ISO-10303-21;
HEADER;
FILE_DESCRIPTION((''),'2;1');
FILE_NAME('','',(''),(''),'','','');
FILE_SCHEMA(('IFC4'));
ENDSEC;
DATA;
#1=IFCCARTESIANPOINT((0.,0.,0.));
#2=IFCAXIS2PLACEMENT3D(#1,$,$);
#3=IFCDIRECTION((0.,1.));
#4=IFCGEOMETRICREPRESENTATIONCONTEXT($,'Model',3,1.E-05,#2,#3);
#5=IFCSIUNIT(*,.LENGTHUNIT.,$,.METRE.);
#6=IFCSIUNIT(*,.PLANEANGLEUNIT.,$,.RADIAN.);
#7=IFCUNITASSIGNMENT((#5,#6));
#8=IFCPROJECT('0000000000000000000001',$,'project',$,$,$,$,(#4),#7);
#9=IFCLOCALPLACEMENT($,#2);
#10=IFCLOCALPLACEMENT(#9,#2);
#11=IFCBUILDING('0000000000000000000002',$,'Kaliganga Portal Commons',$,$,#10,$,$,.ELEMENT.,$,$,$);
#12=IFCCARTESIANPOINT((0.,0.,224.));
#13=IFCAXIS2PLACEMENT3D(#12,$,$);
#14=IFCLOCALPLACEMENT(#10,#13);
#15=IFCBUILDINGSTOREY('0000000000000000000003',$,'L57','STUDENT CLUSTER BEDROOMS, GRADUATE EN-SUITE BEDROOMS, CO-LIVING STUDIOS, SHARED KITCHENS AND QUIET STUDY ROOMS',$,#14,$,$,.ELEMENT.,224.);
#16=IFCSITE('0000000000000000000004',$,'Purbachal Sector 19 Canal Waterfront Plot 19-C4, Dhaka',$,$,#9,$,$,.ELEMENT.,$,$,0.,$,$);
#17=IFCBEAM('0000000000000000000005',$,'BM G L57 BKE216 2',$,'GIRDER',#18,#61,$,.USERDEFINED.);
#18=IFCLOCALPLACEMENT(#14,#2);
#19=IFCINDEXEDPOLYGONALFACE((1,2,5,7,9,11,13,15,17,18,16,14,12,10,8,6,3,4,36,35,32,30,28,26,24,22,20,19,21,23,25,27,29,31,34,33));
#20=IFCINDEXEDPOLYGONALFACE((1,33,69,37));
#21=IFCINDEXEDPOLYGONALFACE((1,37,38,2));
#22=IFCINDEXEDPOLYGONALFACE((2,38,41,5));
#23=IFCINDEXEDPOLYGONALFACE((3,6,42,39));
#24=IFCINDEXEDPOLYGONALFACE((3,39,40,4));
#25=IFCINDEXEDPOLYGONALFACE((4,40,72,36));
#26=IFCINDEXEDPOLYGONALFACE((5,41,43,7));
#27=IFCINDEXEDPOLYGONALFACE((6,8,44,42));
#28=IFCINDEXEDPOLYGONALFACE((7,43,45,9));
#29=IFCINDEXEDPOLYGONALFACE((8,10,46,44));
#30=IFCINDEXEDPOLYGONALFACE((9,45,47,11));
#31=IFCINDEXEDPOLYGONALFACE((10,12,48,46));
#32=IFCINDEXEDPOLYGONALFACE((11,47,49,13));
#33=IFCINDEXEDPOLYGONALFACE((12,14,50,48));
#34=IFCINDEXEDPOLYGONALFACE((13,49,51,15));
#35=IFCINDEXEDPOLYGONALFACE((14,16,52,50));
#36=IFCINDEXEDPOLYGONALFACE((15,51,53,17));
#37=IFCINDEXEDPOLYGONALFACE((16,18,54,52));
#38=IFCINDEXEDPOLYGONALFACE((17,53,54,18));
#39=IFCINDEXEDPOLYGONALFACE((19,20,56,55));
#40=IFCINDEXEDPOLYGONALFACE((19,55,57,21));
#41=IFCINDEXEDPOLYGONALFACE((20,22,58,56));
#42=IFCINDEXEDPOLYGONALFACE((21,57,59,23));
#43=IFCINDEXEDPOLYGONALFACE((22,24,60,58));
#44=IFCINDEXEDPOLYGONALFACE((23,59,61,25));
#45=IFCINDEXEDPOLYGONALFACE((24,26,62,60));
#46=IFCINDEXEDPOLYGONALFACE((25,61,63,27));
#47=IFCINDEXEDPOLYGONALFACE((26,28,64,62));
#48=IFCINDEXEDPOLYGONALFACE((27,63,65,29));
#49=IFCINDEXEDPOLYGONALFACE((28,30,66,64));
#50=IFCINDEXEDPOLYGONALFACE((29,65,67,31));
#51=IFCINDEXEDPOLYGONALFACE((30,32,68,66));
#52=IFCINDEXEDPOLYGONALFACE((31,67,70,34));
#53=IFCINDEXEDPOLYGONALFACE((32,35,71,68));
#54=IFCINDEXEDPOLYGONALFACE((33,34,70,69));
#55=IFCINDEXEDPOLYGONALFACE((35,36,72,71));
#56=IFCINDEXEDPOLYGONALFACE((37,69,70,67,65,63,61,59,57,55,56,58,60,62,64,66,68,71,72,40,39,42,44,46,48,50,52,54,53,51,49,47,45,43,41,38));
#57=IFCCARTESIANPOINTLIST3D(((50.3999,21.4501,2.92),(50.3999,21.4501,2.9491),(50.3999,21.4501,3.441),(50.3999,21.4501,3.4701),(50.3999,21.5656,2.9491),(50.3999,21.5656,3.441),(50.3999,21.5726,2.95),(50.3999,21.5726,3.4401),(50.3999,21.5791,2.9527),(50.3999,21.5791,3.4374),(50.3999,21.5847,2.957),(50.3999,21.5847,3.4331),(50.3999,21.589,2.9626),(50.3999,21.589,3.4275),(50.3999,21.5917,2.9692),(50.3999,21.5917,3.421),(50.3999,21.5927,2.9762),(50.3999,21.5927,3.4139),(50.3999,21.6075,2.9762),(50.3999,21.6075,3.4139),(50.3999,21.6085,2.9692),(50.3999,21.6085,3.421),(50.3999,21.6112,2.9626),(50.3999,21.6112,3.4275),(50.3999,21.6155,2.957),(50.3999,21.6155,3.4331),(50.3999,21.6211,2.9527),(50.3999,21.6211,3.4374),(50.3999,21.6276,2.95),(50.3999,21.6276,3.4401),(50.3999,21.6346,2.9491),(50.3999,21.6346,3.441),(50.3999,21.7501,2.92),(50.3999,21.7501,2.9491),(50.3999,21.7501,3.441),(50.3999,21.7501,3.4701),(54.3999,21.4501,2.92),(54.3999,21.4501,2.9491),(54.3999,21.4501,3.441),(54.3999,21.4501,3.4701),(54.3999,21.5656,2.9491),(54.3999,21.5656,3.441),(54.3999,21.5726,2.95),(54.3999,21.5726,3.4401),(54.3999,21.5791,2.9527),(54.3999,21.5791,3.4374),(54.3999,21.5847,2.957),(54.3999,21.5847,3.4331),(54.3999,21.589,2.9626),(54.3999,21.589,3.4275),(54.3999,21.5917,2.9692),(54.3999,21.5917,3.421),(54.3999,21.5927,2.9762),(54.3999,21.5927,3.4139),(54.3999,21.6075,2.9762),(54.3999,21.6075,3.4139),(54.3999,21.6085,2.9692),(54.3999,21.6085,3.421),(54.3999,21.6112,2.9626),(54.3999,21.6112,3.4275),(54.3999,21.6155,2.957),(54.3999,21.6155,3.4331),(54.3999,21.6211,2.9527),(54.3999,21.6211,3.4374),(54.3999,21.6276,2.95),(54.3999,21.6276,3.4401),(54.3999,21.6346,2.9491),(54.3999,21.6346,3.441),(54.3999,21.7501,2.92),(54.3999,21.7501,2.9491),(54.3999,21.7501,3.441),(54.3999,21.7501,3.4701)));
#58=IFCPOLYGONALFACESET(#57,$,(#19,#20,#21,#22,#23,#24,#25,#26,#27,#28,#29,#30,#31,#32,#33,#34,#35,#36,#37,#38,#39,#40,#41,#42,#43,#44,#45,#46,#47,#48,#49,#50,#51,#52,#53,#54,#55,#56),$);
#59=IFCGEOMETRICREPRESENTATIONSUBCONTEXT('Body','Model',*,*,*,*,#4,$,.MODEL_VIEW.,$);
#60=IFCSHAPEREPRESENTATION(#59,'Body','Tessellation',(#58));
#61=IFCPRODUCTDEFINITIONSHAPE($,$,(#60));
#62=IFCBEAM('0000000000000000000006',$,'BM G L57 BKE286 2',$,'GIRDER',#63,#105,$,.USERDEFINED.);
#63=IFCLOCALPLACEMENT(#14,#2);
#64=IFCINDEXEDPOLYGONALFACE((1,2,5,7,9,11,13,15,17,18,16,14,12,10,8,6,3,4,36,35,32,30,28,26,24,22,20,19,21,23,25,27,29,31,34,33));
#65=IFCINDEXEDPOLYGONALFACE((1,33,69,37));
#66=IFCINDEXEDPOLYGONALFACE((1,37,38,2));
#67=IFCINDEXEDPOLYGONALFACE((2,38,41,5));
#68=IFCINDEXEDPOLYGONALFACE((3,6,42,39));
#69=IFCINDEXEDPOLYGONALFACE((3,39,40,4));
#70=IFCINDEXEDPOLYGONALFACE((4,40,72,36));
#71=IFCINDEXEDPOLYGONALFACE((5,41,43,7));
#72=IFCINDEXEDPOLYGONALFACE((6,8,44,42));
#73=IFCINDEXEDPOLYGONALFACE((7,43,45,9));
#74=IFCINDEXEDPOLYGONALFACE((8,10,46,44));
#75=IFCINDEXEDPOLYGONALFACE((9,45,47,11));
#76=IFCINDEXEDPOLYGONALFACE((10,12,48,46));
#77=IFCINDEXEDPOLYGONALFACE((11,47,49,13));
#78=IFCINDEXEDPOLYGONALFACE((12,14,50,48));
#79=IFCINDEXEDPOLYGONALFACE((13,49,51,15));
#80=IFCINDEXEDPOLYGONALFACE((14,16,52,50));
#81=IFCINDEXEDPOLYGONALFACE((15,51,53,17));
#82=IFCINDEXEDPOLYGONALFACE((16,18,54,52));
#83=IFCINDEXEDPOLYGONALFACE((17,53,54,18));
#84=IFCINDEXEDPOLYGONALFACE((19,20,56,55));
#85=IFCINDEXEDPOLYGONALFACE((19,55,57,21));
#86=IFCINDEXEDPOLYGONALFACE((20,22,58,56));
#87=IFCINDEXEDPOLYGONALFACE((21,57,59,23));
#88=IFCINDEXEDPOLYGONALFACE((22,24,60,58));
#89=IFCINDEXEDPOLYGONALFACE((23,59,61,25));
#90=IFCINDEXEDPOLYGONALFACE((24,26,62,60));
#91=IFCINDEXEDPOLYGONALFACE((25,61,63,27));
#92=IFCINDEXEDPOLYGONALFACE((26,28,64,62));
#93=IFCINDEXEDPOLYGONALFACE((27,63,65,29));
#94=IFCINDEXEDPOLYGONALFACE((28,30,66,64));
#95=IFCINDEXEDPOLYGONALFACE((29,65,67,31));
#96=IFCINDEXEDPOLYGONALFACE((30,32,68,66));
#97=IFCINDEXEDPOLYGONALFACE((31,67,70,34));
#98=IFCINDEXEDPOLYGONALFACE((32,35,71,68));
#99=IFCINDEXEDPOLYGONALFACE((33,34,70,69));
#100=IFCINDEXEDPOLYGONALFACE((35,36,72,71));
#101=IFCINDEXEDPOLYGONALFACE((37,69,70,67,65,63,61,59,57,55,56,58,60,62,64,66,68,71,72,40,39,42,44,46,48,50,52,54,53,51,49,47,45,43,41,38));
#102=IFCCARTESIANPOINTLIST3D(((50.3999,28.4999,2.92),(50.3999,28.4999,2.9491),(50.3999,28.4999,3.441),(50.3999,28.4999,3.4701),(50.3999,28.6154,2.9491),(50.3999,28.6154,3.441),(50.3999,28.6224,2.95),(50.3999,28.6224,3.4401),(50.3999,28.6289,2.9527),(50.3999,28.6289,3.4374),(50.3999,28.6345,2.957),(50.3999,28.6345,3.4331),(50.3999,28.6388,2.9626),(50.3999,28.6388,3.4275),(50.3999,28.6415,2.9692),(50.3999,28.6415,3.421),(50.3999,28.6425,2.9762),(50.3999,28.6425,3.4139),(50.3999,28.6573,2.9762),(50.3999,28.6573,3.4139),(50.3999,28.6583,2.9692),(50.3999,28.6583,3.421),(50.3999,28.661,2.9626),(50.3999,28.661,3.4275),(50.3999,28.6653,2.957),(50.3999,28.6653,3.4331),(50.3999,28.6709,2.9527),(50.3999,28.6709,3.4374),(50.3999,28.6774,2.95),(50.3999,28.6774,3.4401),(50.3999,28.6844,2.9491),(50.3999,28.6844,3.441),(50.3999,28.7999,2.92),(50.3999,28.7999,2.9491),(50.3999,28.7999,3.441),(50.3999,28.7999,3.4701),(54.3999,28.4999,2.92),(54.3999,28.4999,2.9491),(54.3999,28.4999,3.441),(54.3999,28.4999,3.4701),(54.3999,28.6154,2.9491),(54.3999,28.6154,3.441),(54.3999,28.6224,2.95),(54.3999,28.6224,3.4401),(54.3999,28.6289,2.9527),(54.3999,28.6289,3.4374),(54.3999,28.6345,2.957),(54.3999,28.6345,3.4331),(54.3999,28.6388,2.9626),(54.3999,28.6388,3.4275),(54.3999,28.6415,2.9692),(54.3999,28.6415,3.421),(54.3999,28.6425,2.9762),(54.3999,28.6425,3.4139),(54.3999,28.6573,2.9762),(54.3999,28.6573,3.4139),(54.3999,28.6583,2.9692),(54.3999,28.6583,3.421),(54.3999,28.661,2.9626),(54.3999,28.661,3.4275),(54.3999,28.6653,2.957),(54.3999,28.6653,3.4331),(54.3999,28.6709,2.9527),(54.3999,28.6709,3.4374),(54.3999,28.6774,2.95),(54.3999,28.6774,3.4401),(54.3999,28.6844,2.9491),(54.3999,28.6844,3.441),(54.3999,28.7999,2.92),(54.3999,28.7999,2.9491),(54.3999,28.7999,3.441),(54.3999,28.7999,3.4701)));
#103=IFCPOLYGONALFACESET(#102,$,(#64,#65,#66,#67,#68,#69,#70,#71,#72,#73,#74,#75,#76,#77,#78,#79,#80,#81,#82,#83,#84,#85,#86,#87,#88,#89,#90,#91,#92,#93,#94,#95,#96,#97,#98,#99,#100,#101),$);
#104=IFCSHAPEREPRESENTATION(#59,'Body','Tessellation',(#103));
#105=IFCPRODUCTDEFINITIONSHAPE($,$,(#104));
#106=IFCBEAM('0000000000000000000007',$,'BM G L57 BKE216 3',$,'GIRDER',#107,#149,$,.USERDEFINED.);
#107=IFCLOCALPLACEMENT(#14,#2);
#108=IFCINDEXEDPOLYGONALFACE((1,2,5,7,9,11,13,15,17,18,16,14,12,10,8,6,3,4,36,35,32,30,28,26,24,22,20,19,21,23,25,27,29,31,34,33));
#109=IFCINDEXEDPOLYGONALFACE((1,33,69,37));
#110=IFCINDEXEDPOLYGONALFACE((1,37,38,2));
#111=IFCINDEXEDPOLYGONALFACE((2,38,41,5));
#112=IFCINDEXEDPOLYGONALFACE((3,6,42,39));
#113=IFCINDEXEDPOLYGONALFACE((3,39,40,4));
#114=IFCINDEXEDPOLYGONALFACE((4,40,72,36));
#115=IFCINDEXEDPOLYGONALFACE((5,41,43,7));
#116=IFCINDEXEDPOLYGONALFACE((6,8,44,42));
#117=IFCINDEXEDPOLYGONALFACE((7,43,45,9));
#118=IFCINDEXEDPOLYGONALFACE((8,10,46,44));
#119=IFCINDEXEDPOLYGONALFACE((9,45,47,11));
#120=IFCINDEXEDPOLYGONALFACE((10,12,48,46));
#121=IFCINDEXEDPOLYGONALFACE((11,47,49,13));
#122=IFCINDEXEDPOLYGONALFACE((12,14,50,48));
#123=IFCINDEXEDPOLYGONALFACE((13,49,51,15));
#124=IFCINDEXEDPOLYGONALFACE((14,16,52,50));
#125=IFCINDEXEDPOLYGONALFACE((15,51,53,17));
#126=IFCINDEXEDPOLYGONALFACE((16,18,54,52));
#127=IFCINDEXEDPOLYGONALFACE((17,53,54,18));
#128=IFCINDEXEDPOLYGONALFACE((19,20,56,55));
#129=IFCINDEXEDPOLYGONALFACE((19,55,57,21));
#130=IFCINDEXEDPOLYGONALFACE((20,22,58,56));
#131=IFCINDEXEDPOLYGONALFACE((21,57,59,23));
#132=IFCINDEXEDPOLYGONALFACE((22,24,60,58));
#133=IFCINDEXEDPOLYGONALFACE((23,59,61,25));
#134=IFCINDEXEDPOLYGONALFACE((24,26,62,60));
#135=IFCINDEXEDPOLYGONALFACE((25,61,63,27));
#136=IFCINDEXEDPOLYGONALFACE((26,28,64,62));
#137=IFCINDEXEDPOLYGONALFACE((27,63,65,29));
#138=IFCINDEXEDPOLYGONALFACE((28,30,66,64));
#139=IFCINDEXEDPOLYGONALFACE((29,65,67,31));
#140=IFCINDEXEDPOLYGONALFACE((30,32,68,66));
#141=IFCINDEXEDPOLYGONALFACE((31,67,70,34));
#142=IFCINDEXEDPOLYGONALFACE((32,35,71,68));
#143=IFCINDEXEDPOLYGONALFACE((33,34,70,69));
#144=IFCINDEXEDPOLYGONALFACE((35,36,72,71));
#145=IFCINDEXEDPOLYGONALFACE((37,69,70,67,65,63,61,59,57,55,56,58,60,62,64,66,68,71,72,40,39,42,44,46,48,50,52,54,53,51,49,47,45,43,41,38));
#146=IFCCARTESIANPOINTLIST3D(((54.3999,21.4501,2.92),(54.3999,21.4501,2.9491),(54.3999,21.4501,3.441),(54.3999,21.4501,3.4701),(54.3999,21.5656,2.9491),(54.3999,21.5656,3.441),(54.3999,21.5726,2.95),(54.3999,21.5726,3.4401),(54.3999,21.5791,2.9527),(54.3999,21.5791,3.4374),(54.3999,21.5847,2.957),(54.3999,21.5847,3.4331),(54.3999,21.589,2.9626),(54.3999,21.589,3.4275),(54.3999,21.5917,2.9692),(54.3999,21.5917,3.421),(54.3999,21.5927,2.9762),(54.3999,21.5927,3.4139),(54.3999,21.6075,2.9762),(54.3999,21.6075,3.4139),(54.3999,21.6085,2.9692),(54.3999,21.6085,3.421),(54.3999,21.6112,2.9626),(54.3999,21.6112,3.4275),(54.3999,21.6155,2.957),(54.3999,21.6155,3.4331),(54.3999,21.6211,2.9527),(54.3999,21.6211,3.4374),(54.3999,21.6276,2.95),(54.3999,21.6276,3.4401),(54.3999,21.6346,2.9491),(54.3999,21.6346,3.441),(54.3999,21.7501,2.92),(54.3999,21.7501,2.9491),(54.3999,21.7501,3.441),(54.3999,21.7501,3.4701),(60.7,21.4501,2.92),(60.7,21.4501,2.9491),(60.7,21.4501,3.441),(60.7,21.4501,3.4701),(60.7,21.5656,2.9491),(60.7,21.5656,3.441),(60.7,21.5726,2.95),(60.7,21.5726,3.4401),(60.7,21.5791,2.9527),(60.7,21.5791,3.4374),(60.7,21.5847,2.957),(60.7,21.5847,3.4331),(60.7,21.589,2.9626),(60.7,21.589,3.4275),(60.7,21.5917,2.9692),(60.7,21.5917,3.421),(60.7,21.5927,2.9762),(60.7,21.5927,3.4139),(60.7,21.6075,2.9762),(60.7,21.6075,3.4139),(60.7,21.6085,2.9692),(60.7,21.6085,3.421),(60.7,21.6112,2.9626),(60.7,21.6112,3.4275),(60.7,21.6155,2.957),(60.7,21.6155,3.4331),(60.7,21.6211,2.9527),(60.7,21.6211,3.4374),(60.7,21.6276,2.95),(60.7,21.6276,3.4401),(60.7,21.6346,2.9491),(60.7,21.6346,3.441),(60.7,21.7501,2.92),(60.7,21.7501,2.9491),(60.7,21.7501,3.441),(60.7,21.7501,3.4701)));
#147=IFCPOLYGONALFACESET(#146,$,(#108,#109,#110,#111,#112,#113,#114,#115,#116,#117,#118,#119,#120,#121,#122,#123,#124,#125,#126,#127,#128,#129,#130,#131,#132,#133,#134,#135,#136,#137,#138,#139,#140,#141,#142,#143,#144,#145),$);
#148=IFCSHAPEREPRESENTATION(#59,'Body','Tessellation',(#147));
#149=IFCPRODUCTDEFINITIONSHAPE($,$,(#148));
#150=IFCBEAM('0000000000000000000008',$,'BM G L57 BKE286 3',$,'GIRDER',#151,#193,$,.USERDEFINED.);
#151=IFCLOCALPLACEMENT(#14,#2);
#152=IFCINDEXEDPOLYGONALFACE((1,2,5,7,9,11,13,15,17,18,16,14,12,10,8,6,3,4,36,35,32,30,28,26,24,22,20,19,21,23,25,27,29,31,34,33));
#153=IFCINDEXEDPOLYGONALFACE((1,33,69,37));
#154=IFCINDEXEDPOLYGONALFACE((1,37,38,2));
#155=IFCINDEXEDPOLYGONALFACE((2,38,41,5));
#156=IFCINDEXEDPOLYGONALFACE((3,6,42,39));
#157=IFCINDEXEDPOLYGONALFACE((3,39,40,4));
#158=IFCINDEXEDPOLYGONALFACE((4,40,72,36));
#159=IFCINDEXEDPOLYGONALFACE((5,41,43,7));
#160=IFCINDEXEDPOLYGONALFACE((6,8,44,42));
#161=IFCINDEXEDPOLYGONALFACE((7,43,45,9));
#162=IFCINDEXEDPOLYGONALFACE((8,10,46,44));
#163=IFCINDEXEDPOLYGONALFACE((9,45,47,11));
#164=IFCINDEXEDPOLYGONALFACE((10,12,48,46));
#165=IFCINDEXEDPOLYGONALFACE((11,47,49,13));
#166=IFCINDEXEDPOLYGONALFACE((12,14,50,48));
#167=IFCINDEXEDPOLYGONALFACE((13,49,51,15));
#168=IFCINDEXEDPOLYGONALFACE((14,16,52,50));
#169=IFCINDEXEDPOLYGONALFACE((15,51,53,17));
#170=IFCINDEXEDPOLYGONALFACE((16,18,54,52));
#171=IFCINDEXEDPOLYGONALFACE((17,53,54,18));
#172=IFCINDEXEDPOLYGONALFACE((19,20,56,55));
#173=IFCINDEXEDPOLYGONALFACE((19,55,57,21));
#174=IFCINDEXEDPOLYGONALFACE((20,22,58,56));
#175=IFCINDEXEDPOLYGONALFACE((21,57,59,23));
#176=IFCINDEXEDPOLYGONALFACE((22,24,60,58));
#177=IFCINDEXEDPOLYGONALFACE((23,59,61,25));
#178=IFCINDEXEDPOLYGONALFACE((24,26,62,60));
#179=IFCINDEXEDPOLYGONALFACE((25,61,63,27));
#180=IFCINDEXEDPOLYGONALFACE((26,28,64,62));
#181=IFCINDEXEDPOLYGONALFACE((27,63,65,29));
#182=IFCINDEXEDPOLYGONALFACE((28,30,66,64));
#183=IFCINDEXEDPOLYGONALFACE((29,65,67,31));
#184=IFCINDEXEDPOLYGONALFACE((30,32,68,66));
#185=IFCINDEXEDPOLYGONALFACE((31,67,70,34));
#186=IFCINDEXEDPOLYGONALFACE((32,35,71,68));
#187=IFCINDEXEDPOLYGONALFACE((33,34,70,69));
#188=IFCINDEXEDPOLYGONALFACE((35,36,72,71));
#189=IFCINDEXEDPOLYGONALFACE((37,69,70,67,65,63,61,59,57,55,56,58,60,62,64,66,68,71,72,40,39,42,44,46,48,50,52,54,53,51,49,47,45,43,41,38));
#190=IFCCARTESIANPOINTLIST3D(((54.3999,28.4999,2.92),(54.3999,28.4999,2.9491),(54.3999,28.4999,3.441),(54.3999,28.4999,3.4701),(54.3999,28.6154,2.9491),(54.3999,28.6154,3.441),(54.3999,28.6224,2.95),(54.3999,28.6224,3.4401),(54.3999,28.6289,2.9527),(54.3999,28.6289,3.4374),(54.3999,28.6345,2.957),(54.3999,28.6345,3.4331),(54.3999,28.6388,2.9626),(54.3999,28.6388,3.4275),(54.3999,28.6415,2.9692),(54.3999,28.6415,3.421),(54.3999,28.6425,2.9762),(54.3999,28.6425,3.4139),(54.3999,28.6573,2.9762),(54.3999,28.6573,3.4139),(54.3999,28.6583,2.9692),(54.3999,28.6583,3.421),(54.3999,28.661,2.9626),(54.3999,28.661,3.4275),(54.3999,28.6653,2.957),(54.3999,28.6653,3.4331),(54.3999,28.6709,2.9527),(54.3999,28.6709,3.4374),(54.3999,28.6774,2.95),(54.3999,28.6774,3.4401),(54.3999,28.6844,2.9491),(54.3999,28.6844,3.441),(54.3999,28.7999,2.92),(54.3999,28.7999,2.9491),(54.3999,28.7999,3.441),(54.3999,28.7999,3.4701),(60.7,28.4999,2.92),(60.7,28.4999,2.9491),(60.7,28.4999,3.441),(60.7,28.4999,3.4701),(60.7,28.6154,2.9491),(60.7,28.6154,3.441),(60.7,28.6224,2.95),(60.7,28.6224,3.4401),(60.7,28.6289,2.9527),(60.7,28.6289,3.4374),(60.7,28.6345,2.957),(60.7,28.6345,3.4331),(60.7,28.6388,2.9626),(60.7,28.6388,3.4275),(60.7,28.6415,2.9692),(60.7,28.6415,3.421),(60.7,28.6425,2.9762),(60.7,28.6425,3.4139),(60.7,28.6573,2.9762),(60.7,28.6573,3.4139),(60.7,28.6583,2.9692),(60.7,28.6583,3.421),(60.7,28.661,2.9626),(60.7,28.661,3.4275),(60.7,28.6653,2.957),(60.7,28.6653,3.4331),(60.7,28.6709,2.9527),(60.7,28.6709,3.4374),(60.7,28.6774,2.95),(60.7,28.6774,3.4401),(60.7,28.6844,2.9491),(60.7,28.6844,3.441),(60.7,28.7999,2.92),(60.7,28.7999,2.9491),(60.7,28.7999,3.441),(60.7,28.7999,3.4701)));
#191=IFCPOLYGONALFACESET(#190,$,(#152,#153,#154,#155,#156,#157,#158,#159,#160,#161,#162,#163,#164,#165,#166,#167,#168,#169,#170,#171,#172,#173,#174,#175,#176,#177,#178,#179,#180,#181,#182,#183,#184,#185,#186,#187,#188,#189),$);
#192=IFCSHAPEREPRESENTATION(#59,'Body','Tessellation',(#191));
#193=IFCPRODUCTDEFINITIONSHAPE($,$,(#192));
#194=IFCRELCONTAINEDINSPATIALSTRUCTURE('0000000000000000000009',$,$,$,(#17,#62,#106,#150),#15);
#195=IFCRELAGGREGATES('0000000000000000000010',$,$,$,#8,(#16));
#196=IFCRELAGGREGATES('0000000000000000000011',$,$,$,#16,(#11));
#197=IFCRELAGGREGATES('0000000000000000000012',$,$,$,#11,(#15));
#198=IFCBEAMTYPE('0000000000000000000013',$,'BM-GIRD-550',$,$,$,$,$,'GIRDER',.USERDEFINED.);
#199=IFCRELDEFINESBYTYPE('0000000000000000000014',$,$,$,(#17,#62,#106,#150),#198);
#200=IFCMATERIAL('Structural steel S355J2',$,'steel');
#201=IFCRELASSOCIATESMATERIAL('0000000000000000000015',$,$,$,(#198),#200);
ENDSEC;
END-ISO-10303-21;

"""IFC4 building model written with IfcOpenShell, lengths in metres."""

from ifc_helpers import new_model, si_unit, direction, frame, origin, origin_2d, place, context, subcontext, project, spatial, i_section, extrude, source, transform, mapped, material, material_profile, profile_set, type_object, element, save


model = new_model("IFC4")

# Units and contexts
model_context = context("Model", 3, precision=1e-05, world=origin(), true_north=direction((0.0, 1.0)))
body_context = subcontext(model_context, "Body", "Model", "MODEL_VIEW")
ifc_project = project(units=[si_unit("LENGTHUNIT", "METRE"), si_unit("PLANEANGLEUNIT", "RADIAN")], contexts=[model_context])

# Site, building, storey
site_placement = place(None, origin())
site = spatial("IfcSite", under=ifc_project, at=site_placement, Name="Purbachal Sector 19 Canal Waterfront Plot 19-C4, Dhaka", CompositionType="ELEMENT", RefElevation=0.0)
building_placement = place(site_placement, origin())
building = spatial("IfcBuilding", under=site, at=building_placement, Name="Kaliganga Portal Commons", CompositionType="ELEMENT")
storey_placement = place(building_placement, frame((0.0, 0.0, 224.0)))
storey = spatial("IfcBuildingStorey", under=building, at=storey_placement, Name="L57", Description="STUDENT CLUSTER BEDROOMS, GRADUATE EN-SUITE BEDROOMS, CO-LIVING STUDIOS, SHARED KITCHENS AND QUIET STUDY ROOMS", CompositionType="ELEMENT", Elevation=224.0)

# Shared definitions
ifc_material_1 = material(Name="Structural steel S355J2", Category="steel")

# Beams
ifc_material_profile_1 = material_profile(ifc_material_1, i_section(OverallWidth=0.3, OverallDepth=0.55, WebThickness=0.0149, FlangeThickness=0.0291, FilletRadius=0.0271, at=origin_2d()), Name="HE 550 B")
ifc_profile_set_1 = profile_set([ifc_material_profile_1], Name="Structural steel S355J2 wide-flange")
beam_type_1 = type_object("IfcBeamType", Name="BM-GIRD-550", ElementType="GIRDER", PredefinedType="USERDEFINED", material=ifc_profile_set_1)
shared_shape_1 = source(origin(), body_context, "Body", "SweptSolid", [
    extrude(i_section(OverallWidth=0.3, OverallDepth=0.55, WebThickness=0.0149, FlangeThickness=0.0291, FilletRadius=0.0271, at=origin_2d()), origin(), (0.0, 0.0, 1.0), 4.0),
])
for number, where, z_axis, x_axis, name in (
    (1, (50.3999, 21.6001, 3.1951), (1.0, 0.0, 0.0), (0.0, 1.0, 0.0), "BM G L57 BKE216 2"),
    (2, (50.3999, 28.6499, 3.1951), (1.0, 0.0, 0.0), (0.0, 1.0, 0.0), "BM G L57 BKE286 2"),
):
    element("IfcBeam", number, at=place(storey_placement, frame(where, z_axis=z_axis, x_axis=x_axis)), inside=storey, type_object=beam_type_1, Name=name, ObjectType="GIRDER", PredefinedType="USERDEFINED", context=body_context, shape_type="MappedRepresentation", body=[
        mapped(shared_shape_1, transform((0.0, 0.0, 0.0), x_axis=(1.0, 0.0, 0.0), y_axis=(0.0, 1.0, 0.0), z_axis=(0.0, 0.0, 1.0), scale=1.0)),
    ])
shared_shape_2 = source(origin(), body_context, "Body", "SweptSolid", [
    extrude(i_section(OverallWidth=0.3, OverallDepth=0.55, WebThickness=0.0149, FlangeThickness=0.0291, FilletRadius=0.0271, at=origin_2d()), origin(), (0.0, 0.0, 1.0), 6.3),
])
for number, where, z_axis, x_axis, name in (
    (3, (54.3999, 21.6001, 3.1951), (1.0, 0.0, 0.0), (0.0, 1.0, 0.0), "BM G L57 BKE216 3"),
    (4, (54.3999, 28.6499, 3.1951), (1.0, 0.0, 0.0), (0.0, 1.0, 0.0), "BM G L57 BKE286 3"),
):
    element("IfcBeam", number, at=place(storey_placement, frame(where, z_axis=z_axis, x_axis=x_axis)), inside=storey, type_object=beam_type_1, Name=name, ObjectType="GIRDER", PredefinedType="USERDEFINED", context=body_context, shape_type="MappedRepresentation", body=[
        mapped(shared_shape_2, transform((0.0, 0.0, 0.0), x_axis=(1.0, 0.0, 0.0), y_axis=(0.0, 1.0, 0.0), z_axis=(0.0, 0.0, 1.0), scale=1.0)),
    ])

save(model, "model.ifc")
